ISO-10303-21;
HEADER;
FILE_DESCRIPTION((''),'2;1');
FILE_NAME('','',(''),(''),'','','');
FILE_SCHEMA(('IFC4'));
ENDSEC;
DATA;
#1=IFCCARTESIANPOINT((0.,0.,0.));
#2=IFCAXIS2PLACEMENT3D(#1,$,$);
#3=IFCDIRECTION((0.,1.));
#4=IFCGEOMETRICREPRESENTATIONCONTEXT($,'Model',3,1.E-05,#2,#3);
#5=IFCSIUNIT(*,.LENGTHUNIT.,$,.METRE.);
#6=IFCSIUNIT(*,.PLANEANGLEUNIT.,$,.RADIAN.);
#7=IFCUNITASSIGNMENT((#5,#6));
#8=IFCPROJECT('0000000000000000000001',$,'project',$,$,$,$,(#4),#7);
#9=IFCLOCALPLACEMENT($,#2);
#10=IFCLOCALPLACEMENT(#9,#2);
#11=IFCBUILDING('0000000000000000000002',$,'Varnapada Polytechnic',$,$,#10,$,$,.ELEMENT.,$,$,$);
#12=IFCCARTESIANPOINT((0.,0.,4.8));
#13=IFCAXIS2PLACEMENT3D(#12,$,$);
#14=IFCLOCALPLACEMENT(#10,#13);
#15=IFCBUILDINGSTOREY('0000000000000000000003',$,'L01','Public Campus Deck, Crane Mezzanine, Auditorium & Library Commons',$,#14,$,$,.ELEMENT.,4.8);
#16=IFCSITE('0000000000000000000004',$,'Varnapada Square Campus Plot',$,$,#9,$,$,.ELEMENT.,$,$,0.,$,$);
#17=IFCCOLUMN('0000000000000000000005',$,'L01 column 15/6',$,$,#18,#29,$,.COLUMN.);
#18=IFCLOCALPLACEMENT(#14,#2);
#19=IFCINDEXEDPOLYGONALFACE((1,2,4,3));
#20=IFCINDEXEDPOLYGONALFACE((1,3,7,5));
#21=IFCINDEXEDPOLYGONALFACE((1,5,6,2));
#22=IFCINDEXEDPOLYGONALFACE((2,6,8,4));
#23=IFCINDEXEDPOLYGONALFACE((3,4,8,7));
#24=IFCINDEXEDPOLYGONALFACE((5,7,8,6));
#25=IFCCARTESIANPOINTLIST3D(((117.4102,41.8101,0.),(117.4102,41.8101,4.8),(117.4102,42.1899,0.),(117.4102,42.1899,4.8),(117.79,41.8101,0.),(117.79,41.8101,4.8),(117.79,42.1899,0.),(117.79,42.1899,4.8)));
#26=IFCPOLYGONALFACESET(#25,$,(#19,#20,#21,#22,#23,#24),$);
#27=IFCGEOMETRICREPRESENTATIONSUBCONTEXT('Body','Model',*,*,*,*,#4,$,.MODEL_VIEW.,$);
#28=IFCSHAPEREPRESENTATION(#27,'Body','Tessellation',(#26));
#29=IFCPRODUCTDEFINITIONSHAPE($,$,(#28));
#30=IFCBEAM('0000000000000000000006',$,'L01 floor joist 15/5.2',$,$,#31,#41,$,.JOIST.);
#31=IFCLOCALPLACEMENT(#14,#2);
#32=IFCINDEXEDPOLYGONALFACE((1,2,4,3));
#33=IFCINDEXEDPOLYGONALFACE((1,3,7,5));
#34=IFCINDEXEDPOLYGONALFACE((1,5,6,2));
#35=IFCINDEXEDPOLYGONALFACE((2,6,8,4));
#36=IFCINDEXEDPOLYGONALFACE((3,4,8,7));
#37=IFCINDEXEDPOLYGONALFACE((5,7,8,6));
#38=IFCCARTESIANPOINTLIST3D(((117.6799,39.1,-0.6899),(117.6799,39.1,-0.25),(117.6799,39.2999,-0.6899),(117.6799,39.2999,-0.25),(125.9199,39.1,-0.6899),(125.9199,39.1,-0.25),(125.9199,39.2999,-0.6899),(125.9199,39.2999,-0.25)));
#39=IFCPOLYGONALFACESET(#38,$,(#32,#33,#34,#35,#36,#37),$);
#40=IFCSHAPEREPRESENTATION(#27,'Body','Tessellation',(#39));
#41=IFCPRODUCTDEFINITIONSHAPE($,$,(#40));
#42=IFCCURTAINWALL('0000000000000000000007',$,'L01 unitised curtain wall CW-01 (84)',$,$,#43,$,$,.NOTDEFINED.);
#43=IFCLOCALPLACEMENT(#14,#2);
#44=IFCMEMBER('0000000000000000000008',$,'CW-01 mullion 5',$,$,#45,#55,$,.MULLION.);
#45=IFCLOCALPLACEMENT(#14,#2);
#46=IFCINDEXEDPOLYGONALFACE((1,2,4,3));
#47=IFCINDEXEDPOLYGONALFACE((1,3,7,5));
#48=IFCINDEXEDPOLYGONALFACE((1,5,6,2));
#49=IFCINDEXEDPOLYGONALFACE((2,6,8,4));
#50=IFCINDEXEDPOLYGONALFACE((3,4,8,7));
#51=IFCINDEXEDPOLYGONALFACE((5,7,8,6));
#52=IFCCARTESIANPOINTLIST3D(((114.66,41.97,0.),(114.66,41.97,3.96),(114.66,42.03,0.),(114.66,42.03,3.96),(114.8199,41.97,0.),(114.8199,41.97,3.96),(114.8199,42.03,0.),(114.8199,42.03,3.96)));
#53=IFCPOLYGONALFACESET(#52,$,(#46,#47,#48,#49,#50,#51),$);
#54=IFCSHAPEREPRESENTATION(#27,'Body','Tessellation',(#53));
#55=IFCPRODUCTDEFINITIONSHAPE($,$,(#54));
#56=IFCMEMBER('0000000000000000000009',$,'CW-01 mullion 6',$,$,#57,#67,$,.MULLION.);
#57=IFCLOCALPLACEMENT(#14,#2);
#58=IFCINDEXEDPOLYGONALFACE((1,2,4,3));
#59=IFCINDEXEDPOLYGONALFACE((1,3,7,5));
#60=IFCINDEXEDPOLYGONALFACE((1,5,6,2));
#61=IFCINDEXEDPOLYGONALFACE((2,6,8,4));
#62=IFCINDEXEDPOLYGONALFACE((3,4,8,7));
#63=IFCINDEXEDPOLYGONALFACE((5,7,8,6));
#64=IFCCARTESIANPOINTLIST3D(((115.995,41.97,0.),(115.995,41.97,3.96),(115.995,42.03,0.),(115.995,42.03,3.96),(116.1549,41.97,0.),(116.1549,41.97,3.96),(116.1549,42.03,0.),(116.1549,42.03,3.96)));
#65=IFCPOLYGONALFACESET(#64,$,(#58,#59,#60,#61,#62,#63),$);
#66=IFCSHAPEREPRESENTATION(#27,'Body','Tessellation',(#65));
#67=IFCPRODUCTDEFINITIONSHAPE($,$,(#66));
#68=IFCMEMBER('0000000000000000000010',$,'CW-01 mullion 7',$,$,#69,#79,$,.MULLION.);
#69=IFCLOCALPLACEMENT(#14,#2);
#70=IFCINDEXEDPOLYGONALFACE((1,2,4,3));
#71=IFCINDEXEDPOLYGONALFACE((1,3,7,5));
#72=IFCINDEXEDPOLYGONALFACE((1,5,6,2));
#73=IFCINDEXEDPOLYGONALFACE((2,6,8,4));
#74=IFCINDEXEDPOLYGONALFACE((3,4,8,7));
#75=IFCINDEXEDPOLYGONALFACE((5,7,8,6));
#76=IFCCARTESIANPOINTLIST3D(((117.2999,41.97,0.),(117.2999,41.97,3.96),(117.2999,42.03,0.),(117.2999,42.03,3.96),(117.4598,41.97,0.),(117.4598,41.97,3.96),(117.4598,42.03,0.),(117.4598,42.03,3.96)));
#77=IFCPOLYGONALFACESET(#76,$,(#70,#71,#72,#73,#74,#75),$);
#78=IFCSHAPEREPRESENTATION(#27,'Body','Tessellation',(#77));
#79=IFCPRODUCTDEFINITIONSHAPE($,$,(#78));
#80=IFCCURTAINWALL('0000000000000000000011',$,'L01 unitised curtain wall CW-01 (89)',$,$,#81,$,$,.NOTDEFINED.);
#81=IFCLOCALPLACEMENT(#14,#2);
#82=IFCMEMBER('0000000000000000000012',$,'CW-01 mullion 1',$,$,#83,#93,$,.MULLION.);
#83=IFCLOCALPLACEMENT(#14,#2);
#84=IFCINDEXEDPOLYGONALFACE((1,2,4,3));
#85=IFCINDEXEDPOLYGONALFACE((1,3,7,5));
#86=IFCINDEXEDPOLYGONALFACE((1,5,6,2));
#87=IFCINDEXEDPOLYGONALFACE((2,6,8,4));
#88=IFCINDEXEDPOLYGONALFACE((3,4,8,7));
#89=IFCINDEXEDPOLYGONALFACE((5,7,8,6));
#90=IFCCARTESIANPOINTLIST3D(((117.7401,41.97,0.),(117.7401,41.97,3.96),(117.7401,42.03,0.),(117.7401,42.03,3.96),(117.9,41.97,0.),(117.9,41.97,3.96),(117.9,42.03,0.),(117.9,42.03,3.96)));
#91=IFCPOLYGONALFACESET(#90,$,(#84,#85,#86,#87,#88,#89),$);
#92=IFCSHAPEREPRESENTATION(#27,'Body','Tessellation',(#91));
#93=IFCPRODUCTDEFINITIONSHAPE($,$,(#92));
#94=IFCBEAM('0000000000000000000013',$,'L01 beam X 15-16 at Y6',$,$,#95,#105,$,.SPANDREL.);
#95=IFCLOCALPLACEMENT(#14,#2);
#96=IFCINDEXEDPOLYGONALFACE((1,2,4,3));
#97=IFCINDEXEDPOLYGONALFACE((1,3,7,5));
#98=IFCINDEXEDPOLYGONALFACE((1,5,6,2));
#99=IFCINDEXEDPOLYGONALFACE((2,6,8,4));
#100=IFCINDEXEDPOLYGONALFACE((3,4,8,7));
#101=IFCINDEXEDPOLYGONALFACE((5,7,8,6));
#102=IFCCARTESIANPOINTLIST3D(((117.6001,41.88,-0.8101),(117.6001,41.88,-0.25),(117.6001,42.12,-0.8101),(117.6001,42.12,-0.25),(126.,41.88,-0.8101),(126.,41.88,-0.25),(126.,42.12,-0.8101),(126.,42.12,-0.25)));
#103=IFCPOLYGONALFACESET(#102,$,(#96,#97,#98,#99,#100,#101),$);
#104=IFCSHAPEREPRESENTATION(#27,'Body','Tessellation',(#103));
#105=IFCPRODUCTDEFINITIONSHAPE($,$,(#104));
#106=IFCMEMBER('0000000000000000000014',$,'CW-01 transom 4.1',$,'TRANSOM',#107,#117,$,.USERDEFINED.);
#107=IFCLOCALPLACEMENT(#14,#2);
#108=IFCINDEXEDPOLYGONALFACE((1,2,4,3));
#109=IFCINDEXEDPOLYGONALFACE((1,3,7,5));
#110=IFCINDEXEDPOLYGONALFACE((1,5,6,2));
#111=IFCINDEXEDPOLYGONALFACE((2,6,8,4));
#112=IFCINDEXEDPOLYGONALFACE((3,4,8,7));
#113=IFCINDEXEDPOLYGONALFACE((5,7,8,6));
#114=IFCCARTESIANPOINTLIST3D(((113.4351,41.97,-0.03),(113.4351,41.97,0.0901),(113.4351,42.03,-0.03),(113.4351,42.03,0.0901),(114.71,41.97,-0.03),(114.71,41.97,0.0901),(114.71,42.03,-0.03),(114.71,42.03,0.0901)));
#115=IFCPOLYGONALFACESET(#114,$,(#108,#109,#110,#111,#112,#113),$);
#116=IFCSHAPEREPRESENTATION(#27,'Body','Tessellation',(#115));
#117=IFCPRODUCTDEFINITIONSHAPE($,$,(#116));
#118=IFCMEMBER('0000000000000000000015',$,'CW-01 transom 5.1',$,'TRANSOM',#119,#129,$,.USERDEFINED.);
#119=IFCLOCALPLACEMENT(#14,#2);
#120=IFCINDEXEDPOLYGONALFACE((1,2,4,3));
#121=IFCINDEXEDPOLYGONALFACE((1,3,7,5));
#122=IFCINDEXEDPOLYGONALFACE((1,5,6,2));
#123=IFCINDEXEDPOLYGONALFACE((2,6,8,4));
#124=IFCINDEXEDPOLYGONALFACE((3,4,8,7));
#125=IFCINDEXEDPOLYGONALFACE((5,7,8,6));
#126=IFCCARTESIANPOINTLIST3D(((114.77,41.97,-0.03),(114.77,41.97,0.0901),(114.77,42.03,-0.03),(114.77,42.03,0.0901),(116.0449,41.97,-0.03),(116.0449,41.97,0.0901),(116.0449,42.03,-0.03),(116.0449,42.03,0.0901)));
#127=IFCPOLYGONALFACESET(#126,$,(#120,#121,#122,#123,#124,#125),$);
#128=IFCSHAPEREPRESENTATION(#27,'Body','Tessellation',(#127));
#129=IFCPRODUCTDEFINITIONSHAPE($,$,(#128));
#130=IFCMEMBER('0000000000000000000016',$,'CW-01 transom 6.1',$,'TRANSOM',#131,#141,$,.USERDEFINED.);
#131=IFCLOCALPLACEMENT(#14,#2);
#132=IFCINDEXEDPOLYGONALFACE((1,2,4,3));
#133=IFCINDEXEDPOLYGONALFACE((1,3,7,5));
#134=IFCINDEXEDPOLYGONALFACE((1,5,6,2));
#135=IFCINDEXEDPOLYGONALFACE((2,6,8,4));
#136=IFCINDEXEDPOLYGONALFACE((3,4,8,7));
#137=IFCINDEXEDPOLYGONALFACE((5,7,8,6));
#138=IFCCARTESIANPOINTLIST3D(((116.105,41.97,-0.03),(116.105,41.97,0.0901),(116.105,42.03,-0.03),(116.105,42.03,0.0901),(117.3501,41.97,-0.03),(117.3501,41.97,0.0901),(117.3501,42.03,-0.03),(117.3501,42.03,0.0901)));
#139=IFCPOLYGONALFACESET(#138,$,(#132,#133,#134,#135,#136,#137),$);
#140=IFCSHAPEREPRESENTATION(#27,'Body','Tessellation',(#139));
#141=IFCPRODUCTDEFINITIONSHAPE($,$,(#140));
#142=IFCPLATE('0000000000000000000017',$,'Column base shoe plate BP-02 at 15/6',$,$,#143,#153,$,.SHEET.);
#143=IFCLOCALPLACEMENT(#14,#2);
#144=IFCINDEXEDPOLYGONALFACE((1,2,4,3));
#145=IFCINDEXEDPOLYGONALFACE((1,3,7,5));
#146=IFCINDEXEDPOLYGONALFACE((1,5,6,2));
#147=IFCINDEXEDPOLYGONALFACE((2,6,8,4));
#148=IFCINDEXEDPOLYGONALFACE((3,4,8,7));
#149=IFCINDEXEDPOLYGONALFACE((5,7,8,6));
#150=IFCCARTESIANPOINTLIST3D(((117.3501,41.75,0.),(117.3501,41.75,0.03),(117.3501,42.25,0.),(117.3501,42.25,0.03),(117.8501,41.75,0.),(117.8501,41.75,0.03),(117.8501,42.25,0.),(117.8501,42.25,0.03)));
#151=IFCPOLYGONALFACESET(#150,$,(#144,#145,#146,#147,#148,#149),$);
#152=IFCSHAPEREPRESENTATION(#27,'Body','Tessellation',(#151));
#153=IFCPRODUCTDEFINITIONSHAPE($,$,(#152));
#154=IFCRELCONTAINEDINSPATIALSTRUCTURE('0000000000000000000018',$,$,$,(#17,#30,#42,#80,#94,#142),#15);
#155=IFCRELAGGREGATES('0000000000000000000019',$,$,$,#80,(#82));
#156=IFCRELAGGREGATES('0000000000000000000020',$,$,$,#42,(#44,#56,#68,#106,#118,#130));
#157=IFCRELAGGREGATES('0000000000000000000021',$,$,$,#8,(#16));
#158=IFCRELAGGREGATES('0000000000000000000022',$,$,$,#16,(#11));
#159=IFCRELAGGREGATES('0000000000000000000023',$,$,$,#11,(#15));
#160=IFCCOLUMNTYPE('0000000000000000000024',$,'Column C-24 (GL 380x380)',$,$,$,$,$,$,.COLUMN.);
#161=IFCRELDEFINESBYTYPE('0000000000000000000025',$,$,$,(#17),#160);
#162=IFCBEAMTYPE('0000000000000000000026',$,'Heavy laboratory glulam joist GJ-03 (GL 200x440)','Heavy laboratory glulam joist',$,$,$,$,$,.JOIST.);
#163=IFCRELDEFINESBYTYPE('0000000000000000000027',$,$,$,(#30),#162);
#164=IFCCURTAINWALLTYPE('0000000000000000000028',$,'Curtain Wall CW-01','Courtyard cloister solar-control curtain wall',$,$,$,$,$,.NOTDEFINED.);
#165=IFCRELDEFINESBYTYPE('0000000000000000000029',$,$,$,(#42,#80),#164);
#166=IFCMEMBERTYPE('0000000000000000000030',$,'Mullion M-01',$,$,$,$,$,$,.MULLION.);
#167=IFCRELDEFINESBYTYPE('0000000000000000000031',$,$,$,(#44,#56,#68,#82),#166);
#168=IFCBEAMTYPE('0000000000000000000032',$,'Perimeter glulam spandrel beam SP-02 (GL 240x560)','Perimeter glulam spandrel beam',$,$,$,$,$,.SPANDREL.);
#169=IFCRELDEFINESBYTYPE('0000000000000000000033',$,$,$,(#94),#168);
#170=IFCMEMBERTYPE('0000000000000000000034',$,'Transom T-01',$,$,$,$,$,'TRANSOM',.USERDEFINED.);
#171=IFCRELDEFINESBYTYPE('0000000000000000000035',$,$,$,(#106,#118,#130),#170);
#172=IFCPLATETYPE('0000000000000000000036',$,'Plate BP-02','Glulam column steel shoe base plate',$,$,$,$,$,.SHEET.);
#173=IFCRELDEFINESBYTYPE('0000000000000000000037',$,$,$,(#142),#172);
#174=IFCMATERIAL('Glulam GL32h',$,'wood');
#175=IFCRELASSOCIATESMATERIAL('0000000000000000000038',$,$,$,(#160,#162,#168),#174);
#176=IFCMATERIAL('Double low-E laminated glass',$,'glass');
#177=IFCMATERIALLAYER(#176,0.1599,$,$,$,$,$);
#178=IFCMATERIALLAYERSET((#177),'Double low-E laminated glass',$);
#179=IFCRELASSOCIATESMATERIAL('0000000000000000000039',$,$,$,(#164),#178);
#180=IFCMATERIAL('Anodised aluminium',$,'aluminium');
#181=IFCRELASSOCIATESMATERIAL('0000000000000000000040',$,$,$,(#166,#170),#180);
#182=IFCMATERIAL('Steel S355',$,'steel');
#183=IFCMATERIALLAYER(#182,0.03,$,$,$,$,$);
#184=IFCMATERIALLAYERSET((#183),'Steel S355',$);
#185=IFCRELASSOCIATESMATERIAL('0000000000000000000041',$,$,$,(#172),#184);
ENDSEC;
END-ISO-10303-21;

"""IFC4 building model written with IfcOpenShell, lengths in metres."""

from ifc_helpers import new_model, si_unit, direction, frame, origin, origin_2d, place, context, subcontext, project, spatial, rectangle, extrude, material, layer, layer_set, material_profile, profile_set, type_object, element, aggregate, save


model = new_model("IFC4")

# Units and contexts
model_context = context("Model", 3, precision=1e-05, world=origin(), true_north=direction((0.0, 1.0)))
body_context = subcontext(model_context, "Body", "Model", "MODEL_VIEW")
ifc_project = project(units=[si_unit("LENGTHUNIT", "METRE"), si_unit("PLANEANGLEUNIT", "RADIAN")], contexts=[model_context])

# Site, building, storey
site_placement = place(None, origin())
site = spatial("IfcSite", under=ifc_project, at=site_placement, Name="Varnapada Square Campus Plot", CompositionType="ELEMENT", RefElevation=0.0)
building_placement = place(site_placement, origin())
building = spatial("IfcBuilding", under=site, at=building_placement, Name="Varnapada Polytechnic", CompositionType="ELEMENT")
storey_placement = place(building_placement, frame((0.0, 0.0, 4.8)))
storey = spatial("IfcBuildingStorey", under=building, at=storey_placement, Name="L01", Description="Public Campus Deck, Crane Mezzanine, Auditorium & Library Commons", CompositionType="ELEMENT", Elevation=4.8)

# Column
ifc_material_1 = material(Name="Glulam GL32h", Category="wood")
ifc_material_profile_1 = material_profile(ifc_material_1, rectangle(XDim=0.3799, YDim=0.3799, at=origin_2d()), Name="GL 380x380")
ifc_profile_set_1 = profile_set([ifc_material_profile_1], Name="Glulam GL32h")
column_type = type_object("IfcColumnType", Name="Column C-24 (GL 380x380)", PredefinedType="COLUMN", material=ifc_profile_set_1)
column_placement = place(storey_placement, frame((117.6001, 42.0, 0.0), z_axis=(0.0, 0.0, 1.0), x_axis=(1.0, 0.0, 0.0)))
element("IfcColumn", 1, at=column_placement, inside=storey, type_object=column_type, Name="L01 column 15/6", PredefinedType="COLUMN", context=body_context, shape_type="SweptSolid", body=[
    extrude(rectangle(XDim=0.3799, YDim=0.3799, at=origin_2d()), origin(), (0.0, 0.0, 1.0), 4.8),
])

# Beam
ifc_material_profile_2 = material_profile(ifc_material_1, rectangle(XDim=0.2, YDim=0.4399, at=origin_2d()), Name="GL 200x440")
ifc_profile_set_2 = profile_set([ifc_material_profile_2], Name="Glulam GL32h")
beam_type_1 = type_object("IfcBeamType", Name="Heavy laboratory glulam joist GJ-03 (GL 200x440)", Description="Heavy laboratory glulam joist", PredefinedType="JOIST", material=ifc_profile_set_2)
beam_1_placement = place(storey_placement, frame((117.6799, 39.2, -0.47), z_axis=(1.0, 0.0, 0.0), x_axis=(0.0, 1.0, 0.0)))
element("IfcBeam", 2, at=beam_1_placement, inside=storey, type_object=beam_type_1, Name="L01 floor joist 15/5.2", PredefinedType="JOIST", context=body_context, shape_type="SweptSolid", body=[
    extrude(rectangle(XDim=0.2, YDim=0.4399, at=origin_2d()), origin(), (0.0, 0.0, 1.0), 8.24),
])

# Curtain wall, members
ifc_material_2 = material(Name="Double low-E laminated glass", Category="glass")
ifc_layer_1 = layer(ifc_material_2, 0.1599)
ifc_layer_set_1 = layer_set([ifc_layer_1], Name="Double low-E laminated glass")
curtain_wall_type = type_object("IfcCurtainWallType", Name="Curtain Wall CW-01", Description="Courtyard cloister solar-control curtain wall", PredefinedType="NOTDEFINED", material=ifc_layer_set_1)
curtain_wall_1_placement = place(storey_placement, origin())
curtain_wall_1 = element("IfcCurtainWall", 3, at=curtain_wall_1_placement, inside=storey, type_object=curtain_wall_type, Name="L01 unitised curtain wall CW-01 (84)", PredefinedType="NOTDEFINED")
ifc_material_3 = material(Name="Anodised aluminium", Category="aluminium")
ifc_material_profile_3 = material_profile(ifc_material_3, rectangle(XDim=0.0601, YDim=0.1599, at=origin_2d()), Name="ALU M60x160")
ifc_profile_set_3 = profile_set([ifc_material_profile_3], Name="Anodised aluminium")
member_type_1 = type_object("IfcMemberType", Name="Mullion M-01", PredefinedType="MULLION", material=ifc_profile_set_3)
member_1_placement = place(storey_placement, frame((114.74, 42.0, 0.0), z_axis=(0.0, 0.0, 1.0), x_axis=(0.0, 1.0, 0.0)))
member_1 = element("IfcMember", 4, at=member_1_placement, type_object=member_type_1, Name="CW-01 mullion 5", PredefinedType="MULLION", context=body_context, shape_type="SweptSolid", body=[
    extrude(rectangle(XDim=0.0601, YDim=0.1599, at=origin_2d()), origin(), (0.0, 0.0, 1.0), 3.96),
])
member_2_placement = place(storey_placement, frame((116.075, 42.0, 0.0), z_axis=(0.0, 0.0, 1.0), x_axis=(0.0, 1.0, 0.0)))
member_2 = element("IfcMember", 5, at=member_2_placement, type_object=member_type_1, Name="CW-01 mullion 6", PredefinedType="MULLION", context=body_context, shape_type="SweptSolid", body=[
    extrude(rectangle(XDim=0.0601, YDim=0.1599, at=origin_2d()), origin(), (0.0, 0.0, 1.0), 3.96),
])
member_3_placement = place(storey_placement, frame((117.3799, 42.0, 0.0), z_axis=(0.0, 0.0, 1.0), x_axis=(0.0, 1.0, 0.0)))
member_3 = element("IfcMember", 6, at=member_3_placement, type_object=member_type_1, Name="CW-01 mullion 7", PredefinedType="MULLION", context=body_context, shape_type="SweptSolid", body=[
    extrude(rectangle(XDim=0.0601, YDim=0.1599, at=origin_2d()), origin(), (0.0, 0.0, 1.0), 3.96),
])

# Curtain wall, member
curtain_wall_2_placement = place(storey_placement, origin())
curtain_wall_2 = element("IfcCurtainWall", 7, at=curtain_wall_2_placement, inside=storey, type_object=curtain_wall_type, Name="L01 unitised curtain wall CW-01 (89)", PredefinedType="NOTDEFINED")
member_4_placement = place(storey_placement, frame((117.8201, 42.0, 0.0), z_axis=(0.0, 0.0, 1.0), x_axis=(0.0, 1.0, 0.0)))
member_4 = element("IfcMember", 8, at=member_4_placement, type_object=member_type_1, Name="CW-01 mullion 1", PredefinedType="MULLION", context=body_context, shape_type="SweptSolid", body=[
    extrude(rectangle(XDim=0.0601, YDim=0.1599, at=origin_2d()), origin(), (0.0, 0.0, 1.0), 3.96),
])
aggregate(curtain_wall_2, [member_4])

# Beam
ifc_material_profile_4 = material_profile(ifc_material_1, rectangle(XDim=0.24, YDim=0.5601, at=origin_2d()), Name="GL 240x560")
ifc_profile_set_4 = profile_set([ifc_material_profile_4], Name="Glulam GL32h")
beam_type_2 = type_object("IfcBeamType", Name="Perimeter glulam spandrel beam SP-02 (GL 240x560)", Description="Perimeter glulam spandrel beam", PredefinedType="SPANDREL", material=ifc_profile_set_4)
beam_2_placement = place(storey_placement, frame((117.6001, 42.0, -0.53), z_axis=(1.0, 0.0, 0.0), x_axis=(0.0, 1.0, 0.0)))
element("IfcBeam", 9, at=beam_2_placement, inside=storey, type_object=beam_type_2, Name="L01 beam X 15-16 at Y6", PredefinedType="SPANDREL", context=body_context, shape_type="SweptSolid", body=[
    extrude(rectangle(XDim=0.24, YDim=0.5601, at=origin_2d()), origin(), (0.0, 0.0, 1.0), 8.3999),
])

# Members
ifc_material_profile_5 = material_profile(ifc_material_3, rectangle(XDim=0.0601, YDim=0.1201, at=origin_2d()), Name="ALU T60x120")
ifc_profile_set_5 = profile_set([ifc_material_profile_5], Name="Anodised aluminium")
member_type_2 = type_object("IfcMemberType", Name="Transom T-01", ElementType="TRANSOM", PredefinedType="USERDEFINED", material=ifc_profile_set_5)
member_5_placement = place(storey_placement, frame((113.4351, 42.0, 0.03), z_axis=(1.0, 0.0, 0.0), x_axis=(0.0, 1.0, 0.0)))
member_5 = element("IfcMember", 10, at=member_5_placement, type_object=member_type_2, Name="CW-01 transom 4.1", ObjectType="TRANSOM", PredefinedType="USERDEFINED", context=body_context, shape_type="SweptSolid", body=[
    extrude(rectangle(XDim=0.0601, YDim=0.1201, at=origin_2d()), origin(), (0.0, 0.0, 1.0), 1.2749),
])
member_6_placement = place(storey_placement, frame((114.77, 42.0, 0.03), z_axis=(1.0, 0.0, 0.0), x_axis=(0.0, 1.0, 0.0)))
member_6 = element("IfcMember", 11, at=member_6_placement, type_object=member_type_2, Name="CW-01 transom 5.1", ObjectType="TRANSOM", PredefinedType="USERDEFINED", context=body_context, shape_type="SweptSolid", body=[
    extrude(rectangle(XDim=0.0601, YDim=0.1201, at=origin_2d()), origin(), (0.0, 0.0, 1.0), 1.2749),
])
member_7_placement = place(storey_placement, frame((116.105, 42.0, 0.03), z_axis=(1.0, 0.0, 0.0), x_axis=(0.0, 1.0, 0.0)))
member_7 = element("IfcMember", 12, at=member_7_placement, type_object=member_type_2, Name="CW-01 transom 6.1", ObjectType="TRANSOM", PredefinedType="USERDEFINED", context=body_context, shape_type="SweptSolid", body=[
    extrude(rectangle(XDim=0.0601, YDim=0.1201, at=origin_2d()), origin(), (0.0, 0.0, 1.0), 1.2451),
])
aggregate(curtain_wall_1, [member_1, member_2, member_3, member_5, member_6, member_7])

# Plate
ifc_material_4 = material(Name="Steel S355", Category="steel")
ifc_layer_2 = layer(ifc_material_4, 0.03)
ifc_layer_set_2 = layer_set([ifc_layer_2], Name="Steel S355")
plate_type = type_object("IfcPlateType", Name="Plate BP-02", Description="Glulam column steel shoe base plate", PredefinedType="SHEET", material=ifc_layer_set_2)
plate_placement = place(storey_placement, frame((117.6001, 42.0, 0.0), z_axis=(0.0, 0.0, 1.0), x_axis=(1.0, 0.0, 0.0)))
element("IfcPlate", 13, at=plate_placement, inside=storey, type_object=plate_type, Name="Column base shoe plate BP-02 at 15/6", PredefinedType="SHEET", context=body_context, shape_type="SweptSolid", body=[
    extrude(rectangle(XDim=0.5, YDim=0.5, at=origin_2d()), origin(), (0.0, 0.0, 1.0), 0.03),
])

save(model, "model.ifc")
